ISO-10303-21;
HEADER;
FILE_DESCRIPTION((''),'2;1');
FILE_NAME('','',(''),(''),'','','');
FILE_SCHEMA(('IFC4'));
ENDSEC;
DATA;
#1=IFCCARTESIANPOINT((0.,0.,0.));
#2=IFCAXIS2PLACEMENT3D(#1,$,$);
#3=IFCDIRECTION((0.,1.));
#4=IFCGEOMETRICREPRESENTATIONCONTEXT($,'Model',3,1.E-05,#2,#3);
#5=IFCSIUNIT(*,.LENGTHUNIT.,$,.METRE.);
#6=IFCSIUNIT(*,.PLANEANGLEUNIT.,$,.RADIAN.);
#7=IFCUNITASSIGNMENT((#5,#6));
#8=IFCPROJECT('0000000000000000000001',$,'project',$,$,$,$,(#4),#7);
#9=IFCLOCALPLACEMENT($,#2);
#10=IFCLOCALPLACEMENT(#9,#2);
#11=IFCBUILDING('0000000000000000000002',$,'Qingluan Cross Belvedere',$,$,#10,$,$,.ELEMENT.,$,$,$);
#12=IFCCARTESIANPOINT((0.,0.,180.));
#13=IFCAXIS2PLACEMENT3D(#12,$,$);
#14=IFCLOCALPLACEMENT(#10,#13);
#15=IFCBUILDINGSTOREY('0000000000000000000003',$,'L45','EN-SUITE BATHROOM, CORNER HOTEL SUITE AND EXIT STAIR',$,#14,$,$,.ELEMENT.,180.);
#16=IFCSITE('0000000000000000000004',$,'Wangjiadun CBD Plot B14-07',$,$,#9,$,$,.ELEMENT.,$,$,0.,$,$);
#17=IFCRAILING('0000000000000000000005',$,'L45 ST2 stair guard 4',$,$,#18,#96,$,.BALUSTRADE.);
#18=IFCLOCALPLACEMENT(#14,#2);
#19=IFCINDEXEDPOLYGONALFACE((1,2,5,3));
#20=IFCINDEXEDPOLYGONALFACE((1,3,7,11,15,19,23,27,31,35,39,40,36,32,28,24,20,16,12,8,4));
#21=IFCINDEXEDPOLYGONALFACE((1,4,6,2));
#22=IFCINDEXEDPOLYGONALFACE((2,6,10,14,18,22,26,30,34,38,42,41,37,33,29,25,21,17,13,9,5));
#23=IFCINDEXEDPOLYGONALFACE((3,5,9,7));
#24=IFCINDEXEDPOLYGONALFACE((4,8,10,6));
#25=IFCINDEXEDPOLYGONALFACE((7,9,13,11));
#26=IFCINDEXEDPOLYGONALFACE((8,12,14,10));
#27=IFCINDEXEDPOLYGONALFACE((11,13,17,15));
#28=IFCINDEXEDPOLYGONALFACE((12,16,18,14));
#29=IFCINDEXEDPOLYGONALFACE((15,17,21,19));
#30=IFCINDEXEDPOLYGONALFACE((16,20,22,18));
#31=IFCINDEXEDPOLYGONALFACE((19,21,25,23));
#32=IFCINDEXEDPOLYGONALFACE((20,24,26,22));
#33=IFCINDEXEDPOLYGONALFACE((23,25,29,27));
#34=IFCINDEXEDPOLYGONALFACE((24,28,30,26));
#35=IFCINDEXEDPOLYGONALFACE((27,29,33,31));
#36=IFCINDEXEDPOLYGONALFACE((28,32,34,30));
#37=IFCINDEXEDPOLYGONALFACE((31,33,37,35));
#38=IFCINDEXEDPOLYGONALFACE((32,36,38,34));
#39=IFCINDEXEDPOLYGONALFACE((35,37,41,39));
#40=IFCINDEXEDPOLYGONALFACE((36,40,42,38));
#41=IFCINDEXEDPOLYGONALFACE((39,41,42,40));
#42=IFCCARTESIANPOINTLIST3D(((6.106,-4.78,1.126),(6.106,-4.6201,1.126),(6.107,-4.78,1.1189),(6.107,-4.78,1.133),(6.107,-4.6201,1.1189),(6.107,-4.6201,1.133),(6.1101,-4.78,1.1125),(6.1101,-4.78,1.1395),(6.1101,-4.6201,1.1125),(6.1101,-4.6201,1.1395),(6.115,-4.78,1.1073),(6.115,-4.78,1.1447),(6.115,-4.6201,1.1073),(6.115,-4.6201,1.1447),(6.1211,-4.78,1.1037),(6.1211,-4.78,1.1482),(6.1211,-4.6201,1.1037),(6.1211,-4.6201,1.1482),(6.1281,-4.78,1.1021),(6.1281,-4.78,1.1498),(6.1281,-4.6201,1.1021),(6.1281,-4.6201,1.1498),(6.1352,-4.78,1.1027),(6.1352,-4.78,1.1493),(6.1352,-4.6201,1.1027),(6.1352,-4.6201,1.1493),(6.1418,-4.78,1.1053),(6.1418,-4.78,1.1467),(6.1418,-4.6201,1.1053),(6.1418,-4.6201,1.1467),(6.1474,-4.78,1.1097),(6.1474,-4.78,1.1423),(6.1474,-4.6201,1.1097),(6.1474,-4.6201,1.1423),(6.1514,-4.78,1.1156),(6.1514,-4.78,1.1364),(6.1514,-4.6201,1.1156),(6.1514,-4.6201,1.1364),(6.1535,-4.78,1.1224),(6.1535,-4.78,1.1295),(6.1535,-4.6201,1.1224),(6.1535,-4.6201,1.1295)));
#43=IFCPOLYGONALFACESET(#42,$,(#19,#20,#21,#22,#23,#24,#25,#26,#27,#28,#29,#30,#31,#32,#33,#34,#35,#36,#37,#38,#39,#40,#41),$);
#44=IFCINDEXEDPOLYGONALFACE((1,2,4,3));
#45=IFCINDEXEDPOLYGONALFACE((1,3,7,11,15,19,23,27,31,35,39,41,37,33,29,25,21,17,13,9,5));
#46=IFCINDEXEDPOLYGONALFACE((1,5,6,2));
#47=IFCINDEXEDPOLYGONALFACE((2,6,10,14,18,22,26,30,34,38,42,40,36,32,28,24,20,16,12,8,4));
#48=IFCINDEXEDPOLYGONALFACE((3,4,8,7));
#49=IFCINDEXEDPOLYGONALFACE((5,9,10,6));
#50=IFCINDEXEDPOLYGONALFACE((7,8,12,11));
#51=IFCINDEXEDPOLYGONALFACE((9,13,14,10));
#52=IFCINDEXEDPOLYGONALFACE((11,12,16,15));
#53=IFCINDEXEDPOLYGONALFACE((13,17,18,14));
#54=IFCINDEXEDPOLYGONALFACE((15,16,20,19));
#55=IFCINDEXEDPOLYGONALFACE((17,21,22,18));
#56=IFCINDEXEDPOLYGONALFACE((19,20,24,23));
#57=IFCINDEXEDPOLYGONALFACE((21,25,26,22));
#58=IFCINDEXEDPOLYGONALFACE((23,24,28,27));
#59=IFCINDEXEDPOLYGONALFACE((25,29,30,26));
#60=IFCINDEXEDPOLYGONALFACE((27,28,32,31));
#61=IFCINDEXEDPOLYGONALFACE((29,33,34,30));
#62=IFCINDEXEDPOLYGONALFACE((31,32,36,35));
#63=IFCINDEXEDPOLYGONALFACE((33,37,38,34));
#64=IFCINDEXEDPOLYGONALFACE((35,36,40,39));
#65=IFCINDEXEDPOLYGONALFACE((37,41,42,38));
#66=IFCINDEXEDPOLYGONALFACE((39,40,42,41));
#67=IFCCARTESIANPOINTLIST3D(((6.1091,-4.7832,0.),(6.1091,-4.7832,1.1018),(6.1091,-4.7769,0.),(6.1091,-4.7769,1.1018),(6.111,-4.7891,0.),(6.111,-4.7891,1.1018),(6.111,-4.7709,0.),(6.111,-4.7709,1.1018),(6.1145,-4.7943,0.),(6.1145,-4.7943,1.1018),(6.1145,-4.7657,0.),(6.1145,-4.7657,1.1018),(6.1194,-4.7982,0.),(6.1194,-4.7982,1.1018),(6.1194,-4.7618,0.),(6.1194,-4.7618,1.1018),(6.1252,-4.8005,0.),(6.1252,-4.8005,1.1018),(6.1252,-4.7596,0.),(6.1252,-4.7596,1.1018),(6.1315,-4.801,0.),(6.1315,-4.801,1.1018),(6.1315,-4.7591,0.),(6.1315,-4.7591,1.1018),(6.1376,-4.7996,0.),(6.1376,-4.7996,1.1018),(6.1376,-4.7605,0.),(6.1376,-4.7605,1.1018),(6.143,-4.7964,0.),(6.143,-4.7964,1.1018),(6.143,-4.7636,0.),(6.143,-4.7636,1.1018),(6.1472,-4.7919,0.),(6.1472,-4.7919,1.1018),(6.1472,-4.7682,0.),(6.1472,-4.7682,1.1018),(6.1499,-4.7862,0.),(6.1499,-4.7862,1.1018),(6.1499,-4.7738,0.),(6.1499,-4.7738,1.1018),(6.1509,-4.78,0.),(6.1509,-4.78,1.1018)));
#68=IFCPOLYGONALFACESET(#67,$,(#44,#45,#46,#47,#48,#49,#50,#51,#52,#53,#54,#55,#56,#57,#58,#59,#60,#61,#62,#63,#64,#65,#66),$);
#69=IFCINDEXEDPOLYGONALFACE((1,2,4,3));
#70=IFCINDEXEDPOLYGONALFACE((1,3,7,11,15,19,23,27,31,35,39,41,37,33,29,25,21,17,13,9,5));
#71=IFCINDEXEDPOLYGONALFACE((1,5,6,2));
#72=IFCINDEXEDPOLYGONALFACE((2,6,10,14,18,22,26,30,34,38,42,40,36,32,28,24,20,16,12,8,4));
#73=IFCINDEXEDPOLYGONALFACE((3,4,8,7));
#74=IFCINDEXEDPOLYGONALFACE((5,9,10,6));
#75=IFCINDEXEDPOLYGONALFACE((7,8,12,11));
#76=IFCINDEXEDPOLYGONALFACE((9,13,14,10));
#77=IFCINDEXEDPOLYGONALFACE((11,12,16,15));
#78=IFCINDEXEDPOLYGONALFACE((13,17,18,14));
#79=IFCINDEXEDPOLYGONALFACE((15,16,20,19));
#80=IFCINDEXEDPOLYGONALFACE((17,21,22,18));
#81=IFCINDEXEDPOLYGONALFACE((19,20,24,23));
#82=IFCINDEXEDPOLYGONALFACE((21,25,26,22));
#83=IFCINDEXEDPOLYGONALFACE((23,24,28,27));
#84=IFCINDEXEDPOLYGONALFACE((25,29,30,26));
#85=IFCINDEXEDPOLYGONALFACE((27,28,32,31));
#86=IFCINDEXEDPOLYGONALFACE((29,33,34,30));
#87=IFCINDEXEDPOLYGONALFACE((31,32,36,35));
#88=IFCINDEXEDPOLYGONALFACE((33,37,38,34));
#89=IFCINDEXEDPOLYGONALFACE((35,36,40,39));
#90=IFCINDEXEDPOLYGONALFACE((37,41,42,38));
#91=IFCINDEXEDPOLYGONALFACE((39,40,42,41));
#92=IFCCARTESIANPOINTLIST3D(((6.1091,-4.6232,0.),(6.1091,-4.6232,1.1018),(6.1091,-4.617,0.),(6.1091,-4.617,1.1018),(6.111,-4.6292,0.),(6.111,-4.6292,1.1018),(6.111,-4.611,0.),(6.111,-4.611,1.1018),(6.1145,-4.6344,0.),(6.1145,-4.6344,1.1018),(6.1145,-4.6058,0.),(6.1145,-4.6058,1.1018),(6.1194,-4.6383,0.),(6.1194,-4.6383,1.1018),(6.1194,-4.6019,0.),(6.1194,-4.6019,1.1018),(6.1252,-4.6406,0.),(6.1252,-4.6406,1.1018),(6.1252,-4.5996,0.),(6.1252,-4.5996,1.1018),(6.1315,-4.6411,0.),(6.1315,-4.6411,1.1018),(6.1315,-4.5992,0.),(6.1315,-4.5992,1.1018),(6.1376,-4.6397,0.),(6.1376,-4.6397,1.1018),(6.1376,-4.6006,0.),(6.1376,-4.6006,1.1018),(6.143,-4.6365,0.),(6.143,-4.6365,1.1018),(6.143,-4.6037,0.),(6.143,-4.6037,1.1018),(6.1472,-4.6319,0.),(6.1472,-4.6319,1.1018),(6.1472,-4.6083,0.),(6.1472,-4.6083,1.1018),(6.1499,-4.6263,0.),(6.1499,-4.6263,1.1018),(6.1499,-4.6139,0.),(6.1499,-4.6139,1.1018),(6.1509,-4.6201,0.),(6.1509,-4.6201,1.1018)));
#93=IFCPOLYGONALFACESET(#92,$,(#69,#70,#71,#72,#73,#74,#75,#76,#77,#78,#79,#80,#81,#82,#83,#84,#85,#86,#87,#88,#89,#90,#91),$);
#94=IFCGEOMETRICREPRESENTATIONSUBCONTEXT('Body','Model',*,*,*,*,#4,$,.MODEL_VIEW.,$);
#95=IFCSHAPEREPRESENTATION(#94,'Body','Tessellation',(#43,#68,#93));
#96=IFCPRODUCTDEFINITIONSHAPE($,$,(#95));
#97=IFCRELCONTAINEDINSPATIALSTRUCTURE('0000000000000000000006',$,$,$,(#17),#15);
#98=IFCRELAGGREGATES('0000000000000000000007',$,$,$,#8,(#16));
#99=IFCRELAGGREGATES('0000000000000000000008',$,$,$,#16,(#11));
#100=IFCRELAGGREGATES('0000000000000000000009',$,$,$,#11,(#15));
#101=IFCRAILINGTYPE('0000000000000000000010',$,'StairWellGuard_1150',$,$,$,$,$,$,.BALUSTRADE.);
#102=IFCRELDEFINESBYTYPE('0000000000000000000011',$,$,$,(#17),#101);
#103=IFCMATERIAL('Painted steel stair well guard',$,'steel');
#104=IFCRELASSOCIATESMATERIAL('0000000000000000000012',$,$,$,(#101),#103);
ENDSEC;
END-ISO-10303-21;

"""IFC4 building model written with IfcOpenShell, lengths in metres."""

from ifc_helpers import new_model, si_unit, direction, frame, origin, origin_2d, place, context, subcontext, project, spatial, circle, extrude, material, type_object, element, save


model = new_model("IFC4")

# Units and contexts
model_context = context("Model", 3, precision=1e-05, world=origin(), true_north=direction((0.0, 1.0)))
body_context = subcontext(model_context, "Body", "Model", "MODEL_VIEW")
ifc_project = project(units=[si_unit("LENGTHUNIT", "METRE"), si_unit("PLANEANGLEUNIT", "RADIAN")], contexts=[model_context])

# Site, building, storey
site_placement = place(None, origin())
site = spatial("IfcSite", under=ifc_project, at=site_placement, Name="Wangjiadun CBD Plot B14-07", CompositionType="ELEMENT", RefElevation=0.0)
building_placement = place(site_placement, origin())
building = spatial("IfcBuilding", under=site, at=building_placement, Name="Qingluan Cross Belvedere", CompositionType="ELEMENT")
storey_placement = place(building_placement, frame((0.0, 0.0, 180.0)))
storey = spatial("IfcBuildingStorey", under=building, at=storey_placement, Name="L45", Description="EN-SUITE BATHROOM, CORNER HOTEL SUITE AND EXIT STAIR", CompositionType="ELEMENT", Elevation=180.0)

# Railing
ifc_material_1 = material(Name="Painted steel stair well guard", Category="steel")
railing_type_1 = type_object("IfcRailingType", Name="StairWellGuard_1150", PredefinedType="BALUSTRADE", material=ifc_material_1)
railing_1_placement = place(storey_placement, frame((6.1299, -4.78, 0.0)))
element("IfcRailing", 1, at=railing_1_placement, inside=storey, type_object=railing_type_1, Name="L45 ST2 stair guard 4", PredefinedType="BALUSTRADE", context=body_context, shape_type="SweptSolid", body=[
    extrude(circle(Radius=0.0239, at=origin_2d()), frame((0.0, 0.0, 1.126), z_axis=(0.0, 1.0, 0.0), x_axis=(-1.0, 0.0, 0.0)), (0.0, 0.0, 1.0), 0.1599),
    extrude(circle(Radius=0.021, at=origin_2d()), origin(), (0.0, 0.0, 1.0), 1.1018),
    extrude(circle(Radius=0.021, at=origin_2d()), frame((0.0, 0.1599, 0.0)), (0.0, 0.0, 1.0), 1.1018),
])

save(model, "model.ifc")
